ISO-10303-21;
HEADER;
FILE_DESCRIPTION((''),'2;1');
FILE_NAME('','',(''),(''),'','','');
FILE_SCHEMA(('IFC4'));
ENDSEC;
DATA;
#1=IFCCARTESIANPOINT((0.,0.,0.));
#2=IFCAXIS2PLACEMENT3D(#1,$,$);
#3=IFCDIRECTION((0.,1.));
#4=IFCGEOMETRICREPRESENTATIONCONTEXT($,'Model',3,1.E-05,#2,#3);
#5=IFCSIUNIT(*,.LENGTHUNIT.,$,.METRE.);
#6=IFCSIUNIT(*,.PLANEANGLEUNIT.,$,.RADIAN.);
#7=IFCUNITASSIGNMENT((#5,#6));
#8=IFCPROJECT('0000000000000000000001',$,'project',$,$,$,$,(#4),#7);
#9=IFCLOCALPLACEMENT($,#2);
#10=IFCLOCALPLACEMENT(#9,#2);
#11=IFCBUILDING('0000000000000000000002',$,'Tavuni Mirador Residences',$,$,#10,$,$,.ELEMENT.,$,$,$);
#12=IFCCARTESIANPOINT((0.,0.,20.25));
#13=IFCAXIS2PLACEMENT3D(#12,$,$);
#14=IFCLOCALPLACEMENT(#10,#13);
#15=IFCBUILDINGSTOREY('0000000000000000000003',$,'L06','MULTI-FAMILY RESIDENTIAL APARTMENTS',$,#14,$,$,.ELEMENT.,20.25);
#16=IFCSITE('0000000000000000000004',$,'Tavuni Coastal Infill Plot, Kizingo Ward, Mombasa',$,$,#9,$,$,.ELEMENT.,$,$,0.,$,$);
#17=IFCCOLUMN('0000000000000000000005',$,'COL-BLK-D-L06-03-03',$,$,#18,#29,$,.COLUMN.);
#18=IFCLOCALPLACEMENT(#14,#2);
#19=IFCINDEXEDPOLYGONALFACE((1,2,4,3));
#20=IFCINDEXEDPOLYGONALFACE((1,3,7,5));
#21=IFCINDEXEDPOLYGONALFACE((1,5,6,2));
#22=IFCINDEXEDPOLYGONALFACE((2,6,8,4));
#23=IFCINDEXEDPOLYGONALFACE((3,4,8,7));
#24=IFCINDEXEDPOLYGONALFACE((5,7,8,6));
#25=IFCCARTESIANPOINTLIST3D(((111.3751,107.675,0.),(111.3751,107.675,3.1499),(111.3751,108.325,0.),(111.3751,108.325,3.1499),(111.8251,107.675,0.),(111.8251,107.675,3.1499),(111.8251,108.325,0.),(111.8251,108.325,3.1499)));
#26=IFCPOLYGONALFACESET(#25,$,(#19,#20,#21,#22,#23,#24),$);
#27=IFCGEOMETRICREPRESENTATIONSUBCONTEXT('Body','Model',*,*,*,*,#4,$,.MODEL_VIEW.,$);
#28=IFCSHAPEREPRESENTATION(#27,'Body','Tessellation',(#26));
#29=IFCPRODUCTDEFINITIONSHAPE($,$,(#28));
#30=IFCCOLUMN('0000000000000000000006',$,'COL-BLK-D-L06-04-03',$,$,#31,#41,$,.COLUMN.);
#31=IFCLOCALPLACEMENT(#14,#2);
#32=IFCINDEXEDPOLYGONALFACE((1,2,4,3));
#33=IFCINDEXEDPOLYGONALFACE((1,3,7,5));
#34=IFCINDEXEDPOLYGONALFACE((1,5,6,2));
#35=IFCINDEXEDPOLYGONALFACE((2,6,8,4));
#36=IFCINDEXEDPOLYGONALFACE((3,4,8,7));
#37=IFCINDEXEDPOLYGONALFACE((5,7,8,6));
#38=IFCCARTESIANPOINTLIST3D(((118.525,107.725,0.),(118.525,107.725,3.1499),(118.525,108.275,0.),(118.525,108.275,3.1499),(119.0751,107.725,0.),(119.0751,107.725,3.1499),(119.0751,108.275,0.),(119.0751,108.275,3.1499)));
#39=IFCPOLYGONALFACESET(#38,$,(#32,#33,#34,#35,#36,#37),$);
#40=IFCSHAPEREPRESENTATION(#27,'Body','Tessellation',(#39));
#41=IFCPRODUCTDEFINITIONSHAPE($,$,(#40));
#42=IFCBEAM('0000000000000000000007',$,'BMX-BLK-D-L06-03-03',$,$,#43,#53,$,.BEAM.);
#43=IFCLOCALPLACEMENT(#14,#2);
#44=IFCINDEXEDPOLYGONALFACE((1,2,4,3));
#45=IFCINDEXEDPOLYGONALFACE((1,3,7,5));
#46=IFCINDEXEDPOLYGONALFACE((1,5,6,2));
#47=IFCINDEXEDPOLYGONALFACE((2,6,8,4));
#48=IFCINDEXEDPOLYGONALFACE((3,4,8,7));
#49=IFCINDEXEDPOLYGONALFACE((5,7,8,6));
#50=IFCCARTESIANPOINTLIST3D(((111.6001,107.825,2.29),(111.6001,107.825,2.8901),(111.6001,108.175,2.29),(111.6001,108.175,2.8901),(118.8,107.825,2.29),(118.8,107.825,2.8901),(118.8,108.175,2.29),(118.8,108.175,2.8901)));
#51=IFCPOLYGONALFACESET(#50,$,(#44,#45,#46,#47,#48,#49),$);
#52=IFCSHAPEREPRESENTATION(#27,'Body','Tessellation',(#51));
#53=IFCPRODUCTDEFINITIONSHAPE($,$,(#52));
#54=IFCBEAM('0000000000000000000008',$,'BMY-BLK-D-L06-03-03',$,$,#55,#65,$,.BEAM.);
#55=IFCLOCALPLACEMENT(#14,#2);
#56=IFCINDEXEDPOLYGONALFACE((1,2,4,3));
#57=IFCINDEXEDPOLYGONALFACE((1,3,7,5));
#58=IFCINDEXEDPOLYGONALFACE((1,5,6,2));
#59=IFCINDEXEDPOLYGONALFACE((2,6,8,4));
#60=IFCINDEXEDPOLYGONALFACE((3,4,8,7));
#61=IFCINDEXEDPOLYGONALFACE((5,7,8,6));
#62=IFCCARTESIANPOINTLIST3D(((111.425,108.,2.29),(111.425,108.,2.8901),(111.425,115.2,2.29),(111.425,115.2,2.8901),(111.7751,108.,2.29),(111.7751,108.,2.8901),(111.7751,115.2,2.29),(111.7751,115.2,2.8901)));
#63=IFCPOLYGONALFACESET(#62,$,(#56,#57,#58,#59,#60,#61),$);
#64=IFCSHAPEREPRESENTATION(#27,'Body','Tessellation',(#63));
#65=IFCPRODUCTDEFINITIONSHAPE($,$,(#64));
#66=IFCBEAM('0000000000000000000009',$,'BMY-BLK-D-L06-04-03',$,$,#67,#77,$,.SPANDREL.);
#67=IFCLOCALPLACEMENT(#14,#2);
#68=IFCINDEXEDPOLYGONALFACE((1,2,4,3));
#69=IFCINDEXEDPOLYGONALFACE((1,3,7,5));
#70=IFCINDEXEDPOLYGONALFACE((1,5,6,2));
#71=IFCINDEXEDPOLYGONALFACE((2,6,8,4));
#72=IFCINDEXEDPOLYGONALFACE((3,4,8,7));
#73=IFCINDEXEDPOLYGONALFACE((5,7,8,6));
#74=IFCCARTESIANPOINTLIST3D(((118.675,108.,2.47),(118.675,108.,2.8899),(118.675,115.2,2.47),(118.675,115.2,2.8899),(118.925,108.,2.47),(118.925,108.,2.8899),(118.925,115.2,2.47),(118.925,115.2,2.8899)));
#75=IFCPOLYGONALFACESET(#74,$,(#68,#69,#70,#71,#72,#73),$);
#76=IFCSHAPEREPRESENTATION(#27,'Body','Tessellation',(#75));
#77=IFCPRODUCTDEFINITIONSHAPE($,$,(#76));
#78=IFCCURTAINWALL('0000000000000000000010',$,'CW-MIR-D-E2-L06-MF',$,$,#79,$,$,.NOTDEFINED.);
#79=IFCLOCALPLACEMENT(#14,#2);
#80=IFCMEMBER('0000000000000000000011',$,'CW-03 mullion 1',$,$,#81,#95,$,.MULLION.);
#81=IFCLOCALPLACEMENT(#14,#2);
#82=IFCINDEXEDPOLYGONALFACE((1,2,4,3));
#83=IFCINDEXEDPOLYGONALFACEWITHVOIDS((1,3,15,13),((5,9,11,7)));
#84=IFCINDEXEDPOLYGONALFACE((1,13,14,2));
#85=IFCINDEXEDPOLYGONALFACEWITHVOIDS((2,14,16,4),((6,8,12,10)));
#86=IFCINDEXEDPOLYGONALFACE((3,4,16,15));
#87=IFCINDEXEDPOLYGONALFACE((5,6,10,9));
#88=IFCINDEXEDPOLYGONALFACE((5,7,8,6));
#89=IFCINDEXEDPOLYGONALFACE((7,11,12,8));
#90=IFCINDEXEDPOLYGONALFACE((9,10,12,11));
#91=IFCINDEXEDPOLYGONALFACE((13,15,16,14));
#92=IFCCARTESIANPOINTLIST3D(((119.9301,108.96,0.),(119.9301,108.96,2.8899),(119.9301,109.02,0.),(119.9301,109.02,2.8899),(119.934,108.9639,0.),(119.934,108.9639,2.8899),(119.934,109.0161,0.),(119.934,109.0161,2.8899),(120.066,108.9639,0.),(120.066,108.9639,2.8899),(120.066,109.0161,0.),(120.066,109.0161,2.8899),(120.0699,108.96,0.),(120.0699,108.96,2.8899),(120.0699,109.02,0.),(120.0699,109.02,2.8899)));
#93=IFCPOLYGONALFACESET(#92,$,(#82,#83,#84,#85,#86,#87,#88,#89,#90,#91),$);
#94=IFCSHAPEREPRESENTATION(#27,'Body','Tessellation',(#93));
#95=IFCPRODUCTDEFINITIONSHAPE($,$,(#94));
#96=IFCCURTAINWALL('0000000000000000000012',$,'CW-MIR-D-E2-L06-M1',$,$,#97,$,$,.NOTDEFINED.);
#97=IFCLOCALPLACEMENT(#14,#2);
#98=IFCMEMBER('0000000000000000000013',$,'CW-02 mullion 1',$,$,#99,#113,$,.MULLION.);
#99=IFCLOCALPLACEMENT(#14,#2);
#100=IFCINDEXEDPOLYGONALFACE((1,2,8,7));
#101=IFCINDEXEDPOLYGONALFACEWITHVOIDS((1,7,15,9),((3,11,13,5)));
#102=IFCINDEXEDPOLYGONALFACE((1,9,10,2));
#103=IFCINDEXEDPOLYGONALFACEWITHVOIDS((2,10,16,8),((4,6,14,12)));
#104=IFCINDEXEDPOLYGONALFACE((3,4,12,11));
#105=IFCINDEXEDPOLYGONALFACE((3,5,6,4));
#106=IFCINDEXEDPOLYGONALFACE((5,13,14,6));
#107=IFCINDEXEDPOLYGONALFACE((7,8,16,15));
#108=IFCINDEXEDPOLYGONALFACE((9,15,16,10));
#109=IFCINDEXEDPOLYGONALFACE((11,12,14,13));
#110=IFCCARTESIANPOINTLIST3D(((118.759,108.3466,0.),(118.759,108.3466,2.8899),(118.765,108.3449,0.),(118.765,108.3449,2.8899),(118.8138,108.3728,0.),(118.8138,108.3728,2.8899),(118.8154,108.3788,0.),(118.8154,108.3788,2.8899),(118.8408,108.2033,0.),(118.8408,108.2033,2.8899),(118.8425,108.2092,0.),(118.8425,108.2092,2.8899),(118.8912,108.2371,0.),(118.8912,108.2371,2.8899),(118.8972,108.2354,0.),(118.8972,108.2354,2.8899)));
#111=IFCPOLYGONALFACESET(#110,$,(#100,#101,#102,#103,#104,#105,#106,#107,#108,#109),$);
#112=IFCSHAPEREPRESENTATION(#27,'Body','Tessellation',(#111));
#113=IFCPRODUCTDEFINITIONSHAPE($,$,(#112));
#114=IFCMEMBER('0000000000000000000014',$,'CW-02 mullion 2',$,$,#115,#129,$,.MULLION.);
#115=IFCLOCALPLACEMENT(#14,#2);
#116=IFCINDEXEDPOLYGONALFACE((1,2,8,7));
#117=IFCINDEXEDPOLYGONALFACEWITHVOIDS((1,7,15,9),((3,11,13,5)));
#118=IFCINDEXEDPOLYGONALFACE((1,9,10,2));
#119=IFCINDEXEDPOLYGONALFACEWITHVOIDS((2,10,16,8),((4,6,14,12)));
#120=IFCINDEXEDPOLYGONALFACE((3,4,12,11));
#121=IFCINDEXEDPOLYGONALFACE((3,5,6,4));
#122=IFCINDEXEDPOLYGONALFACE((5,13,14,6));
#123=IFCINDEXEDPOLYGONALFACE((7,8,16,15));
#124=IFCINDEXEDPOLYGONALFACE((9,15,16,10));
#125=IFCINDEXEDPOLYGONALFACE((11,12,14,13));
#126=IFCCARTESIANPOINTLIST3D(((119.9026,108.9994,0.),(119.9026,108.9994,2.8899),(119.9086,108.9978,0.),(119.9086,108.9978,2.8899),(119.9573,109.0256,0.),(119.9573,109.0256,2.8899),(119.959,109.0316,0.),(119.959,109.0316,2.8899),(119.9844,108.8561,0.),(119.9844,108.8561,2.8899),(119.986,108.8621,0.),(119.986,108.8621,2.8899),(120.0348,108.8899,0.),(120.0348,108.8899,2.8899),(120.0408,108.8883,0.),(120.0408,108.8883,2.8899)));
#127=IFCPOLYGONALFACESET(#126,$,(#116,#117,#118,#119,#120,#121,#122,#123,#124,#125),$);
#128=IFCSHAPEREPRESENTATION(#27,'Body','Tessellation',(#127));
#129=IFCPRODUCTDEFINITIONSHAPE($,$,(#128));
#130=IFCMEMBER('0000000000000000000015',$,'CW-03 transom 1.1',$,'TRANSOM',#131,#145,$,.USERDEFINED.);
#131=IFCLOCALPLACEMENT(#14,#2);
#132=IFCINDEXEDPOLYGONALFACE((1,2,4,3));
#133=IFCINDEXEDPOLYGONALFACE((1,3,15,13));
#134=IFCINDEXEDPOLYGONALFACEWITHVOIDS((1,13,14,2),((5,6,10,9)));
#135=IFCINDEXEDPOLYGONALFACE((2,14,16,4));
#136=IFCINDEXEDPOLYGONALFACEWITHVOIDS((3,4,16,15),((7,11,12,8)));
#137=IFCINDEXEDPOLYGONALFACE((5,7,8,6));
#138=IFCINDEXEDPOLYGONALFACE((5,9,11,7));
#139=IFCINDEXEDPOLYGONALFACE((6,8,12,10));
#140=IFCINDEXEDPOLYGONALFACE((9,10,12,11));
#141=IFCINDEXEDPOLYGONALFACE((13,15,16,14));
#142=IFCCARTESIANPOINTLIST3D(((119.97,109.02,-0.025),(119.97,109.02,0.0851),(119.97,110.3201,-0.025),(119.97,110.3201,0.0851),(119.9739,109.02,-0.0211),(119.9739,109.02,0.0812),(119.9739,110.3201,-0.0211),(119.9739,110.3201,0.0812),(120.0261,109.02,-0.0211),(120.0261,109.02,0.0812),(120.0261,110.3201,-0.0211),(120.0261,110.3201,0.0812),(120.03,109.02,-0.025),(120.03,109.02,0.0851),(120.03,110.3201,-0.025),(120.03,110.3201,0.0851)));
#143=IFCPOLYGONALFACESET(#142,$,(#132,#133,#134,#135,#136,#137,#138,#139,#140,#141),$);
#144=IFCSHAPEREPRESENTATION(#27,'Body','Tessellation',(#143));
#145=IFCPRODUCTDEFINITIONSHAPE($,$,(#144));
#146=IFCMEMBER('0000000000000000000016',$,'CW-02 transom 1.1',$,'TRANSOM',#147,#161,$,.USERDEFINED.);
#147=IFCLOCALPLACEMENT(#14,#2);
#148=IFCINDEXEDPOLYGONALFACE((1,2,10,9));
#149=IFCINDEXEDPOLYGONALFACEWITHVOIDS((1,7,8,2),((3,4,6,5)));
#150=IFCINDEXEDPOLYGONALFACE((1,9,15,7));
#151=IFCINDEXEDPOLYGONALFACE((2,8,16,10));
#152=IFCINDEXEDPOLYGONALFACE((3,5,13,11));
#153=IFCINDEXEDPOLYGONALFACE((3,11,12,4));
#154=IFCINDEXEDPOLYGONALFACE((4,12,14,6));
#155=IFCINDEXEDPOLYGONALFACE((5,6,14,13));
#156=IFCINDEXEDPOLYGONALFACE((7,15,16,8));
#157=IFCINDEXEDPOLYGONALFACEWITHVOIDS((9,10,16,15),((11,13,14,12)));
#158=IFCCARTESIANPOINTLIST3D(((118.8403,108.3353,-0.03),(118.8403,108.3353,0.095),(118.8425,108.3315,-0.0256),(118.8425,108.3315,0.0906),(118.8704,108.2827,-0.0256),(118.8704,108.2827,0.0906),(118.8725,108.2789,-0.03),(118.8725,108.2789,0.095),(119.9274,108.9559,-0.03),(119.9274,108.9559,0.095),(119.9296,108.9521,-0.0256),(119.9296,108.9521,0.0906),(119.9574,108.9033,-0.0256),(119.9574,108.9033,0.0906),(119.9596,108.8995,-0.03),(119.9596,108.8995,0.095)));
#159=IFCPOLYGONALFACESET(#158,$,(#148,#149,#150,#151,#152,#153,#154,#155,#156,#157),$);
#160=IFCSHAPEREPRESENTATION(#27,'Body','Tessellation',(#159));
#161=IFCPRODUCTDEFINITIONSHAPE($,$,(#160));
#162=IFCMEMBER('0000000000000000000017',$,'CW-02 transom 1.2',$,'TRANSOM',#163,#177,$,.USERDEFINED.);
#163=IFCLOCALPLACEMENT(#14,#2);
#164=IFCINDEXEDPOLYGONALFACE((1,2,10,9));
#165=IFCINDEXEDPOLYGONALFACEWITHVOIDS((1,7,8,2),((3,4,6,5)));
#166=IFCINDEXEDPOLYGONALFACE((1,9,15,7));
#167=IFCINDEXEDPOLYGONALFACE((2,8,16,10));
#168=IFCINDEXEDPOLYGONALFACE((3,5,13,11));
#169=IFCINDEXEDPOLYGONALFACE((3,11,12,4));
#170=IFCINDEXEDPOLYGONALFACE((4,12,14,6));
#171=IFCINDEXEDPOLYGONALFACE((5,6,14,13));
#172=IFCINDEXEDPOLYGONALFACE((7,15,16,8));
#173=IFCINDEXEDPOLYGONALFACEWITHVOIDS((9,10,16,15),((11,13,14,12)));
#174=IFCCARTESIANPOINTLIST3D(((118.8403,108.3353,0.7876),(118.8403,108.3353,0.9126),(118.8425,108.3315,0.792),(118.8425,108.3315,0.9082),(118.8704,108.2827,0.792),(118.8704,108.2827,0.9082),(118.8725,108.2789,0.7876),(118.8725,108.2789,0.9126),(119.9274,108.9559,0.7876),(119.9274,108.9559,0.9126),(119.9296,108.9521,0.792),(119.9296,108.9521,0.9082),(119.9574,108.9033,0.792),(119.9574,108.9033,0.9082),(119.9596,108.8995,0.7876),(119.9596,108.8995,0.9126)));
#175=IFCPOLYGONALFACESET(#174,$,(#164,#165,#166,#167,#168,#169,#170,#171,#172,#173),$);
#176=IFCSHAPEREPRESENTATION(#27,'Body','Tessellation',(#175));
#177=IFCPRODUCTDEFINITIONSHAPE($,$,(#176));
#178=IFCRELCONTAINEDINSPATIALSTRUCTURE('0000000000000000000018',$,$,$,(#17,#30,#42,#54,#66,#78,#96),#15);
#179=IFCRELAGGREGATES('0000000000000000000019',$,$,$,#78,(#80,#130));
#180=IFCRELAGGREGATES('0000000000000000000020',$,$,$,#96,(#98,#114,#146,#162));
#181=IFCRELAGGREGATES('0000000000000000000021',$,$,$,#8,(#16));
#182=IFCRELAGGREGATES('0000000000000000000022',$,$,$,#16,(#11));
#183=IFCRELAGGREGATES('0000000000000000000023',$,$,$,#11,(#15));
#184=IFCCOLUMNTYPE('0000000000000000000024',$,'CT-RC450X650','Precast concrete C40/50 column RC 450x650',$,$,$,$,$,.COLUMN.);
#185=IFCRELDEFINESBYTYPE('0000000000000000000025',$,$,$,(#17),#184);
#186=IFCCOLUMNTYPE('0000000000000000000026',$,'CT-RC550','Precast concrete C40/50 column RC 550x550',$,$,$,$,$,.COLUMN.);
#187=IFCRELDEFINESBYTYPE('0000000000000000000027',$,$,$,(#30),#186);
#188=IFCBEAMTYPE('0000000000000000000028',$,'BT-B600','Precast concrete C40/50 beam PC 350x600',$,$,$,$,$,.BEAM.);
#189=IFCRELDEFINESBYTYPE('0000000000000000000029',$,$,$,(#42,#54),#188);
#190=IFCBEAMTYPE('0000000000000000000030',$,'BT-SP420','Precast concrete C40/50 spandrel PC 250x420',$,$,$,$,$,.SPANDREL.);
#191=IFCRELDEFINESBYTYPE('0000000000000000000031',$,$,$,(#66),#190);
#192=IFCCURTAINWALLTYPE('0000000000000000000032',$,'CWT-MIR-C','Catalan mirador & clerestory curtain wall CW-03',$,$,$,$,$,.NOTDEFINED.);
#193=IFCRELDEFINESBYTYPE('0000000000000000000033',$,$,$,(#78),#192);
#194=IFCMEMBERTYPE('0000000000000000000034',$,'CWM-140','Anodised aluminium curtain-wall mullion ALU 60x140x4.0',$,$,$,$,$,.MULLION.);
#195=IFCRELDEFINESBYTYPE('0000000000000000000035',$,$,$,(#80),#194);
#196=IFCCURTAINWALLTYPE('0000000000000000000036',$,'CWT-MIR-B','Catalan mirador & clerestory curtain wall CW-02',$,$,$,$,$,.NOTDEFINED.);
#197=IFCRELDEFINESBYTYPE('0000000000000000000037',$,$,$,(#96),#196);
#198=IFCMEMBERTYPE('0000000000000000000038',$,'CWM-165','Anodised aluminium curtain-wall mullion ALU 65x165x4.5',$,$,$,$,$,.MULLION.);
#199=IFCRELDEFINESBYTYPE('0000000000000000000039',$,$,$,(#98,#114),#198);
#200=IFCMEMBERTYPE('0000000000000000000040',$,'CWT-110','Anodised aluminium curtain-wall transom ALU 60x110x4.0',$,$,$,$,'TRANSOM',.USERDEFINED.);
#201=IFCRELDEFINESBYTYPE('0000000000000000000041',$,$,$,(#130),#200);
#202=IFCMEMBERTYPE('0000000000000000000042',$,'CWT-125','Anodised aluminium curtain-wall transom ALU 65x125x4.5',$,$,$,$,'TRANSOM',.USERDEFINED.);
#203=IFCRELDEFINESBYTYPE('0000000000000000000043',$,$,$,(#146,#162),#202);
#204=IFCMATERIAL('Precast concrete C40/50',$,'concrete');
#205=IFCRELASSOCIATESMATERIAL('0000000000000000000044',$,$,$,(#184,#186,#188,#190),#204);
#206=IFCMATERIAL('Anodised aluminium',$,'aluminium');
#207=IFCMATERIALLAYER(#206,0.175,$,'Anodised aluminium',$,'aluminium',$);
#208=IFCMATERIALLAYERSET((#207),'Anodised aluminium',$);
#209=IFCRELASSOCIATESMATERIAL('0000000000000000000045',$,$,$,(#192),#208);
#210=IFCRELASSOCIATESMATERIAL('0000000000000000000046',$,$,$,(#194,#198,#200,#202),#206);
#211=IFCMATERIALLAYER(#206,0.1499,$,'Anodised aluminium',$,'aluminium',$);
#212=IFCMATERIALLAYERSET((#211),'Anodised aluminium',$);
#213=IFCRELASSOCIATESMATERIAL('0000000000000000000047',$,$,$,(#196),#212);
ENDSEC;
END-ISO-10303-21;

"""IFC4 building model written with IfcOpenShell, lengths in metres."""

from ifc_helpers import new_model, si_unit, direction, frame, origin, origin_2d, place, context, subcontext, project, spatial, rectangle, hollow_rectangle, extrude, material, layer, layer_set, material_profile, profile_set, type_object, element, aggregate, save


model = new_model("IFC4")

# Units and contexts
model_context = context("Model", 3, precision=1e-05, world=origin(), true_north=direction((0.0, 1.0)))
body_context = subcontext(model_context, "Body", "Model", "MODEL_VIEW")
ifc_project = project(units=[si_unit("LENGTHUNIT", "METRE"), si_unit("PLANEANGLEUNIT", "RADIAN")], contexts=[model_context])

# Site, building, storey
site_placement = place(None, origin())
site = spatial("IfcSite", under=ifc_project, at=site_placement, Name="Tavuni Coastal Infill Plot, Kizingo Ward, Mombasa", CompositionType="ELEMENT", RefElevation=0.0)
building_placement = place(site_placement, origin())
building = spatial("IfcBuilding", under=site, at=building_placement, Name="Tavuni Mirador Residences", CompositionType="ELEMENT")
storey_placement = place(building_placement, frame((0.0, 0.0, 20.25)))
storey = spatial("IfcBuildingStorey", under=building, at=storey_placement, Name="L06", Description="MULTI-FAMILY RESIDENTIAL APARTMENTS", CompositionType="ELEMENT", Elevation=20.25)

# Columns
ifc_material_1 = material(Name="Precast concrete C40/50", Category="concrete")
ifc_material_profile_1 = material_profile(ifc_material_1, rectangle(XDim=0.45, YDim=0.6499, at=origin_2d()), Name="RC 450x650", Category="concrete")
ifc_profile_set_1 = profile_set([ifc_material_profile_1], Name="Precast concrete C40/50")
column_type_1 = type_object("IfcColumnType", Name="CT-RC450X650", Description="Precast concrete C40/50 column RC 450x650", PredefinedType="COLUMN", material=ifc_profile_set_1)
column_1_placement = place(storey_placement, frame((111.6001, 108.0, 0.0), z_axis=(0.0, 0.0, 1.0), x_axis=(1.0, 0.0, 0.0)))
element("IfcColumn", 1, at=column_1_placement, inside=storey, type_object=column_type_1, Name="COL-BLK-D-L06-03-03", PredefinedType="COLUMN", context=body_context, shape_type="SweptSolid", body=[
    extrude(rectangle(XDim=0.45, YDim=0.6499, at=origin_2d()), origin(), (0.0, 0.0, 1.0), 3.1499),
])
ifc_material_profile_2 = material_profile(ifc_material_1, rectangle(XDim=0.55, YDim=0.55, at=origin_2d()), Name="RC 550x550", Category="concrete")
ifc_profile_set_2 = profile_set([ifc_material_profile_2], Name="Precast concrete C40/50")
column_type_2 = type_object("IfcColumnType", Name="CT-RC550", Description="Precast concrete C40/50 column RC 550x550", PredefinedType="COLUMN", material=ifc_profile_set_2)
column_2_placement = place(storey_placement, frame((118.8, 108.0, 0.0), z_axis=(0.0, 0.0, 1.0), x_axis=(1.0, 0.0, 0.0)))
element("IfcColumn", 2, at=column_2_placement, inside=storey, type_object=column_type_2, Name="COL-BLK-D-L06-04-03", PredefinedType="COLUMN", context=body_context, shape_type="SweptSolid", body=[
    extrude(rectangle(XDim=0.55, YDim=0.55, at=origin_2d()), origin(), (0.0, 0.0, 1.0), 3.1499),
])

# Beams
ifc_material_profile_3 = material_profile(ifc_material_1, rectangle(XDim=0.3501, YDim=0.6001, at=origin_2d()), Name="PC 350x600", Category="concrete")
ifc_profile_set_3 = profile_set([ifc_material_profile_3], Name="Precast concrete C40/50")
beam_type_1 = type_object("IfcBeamType", Name="BT-B600", Description="Precast concrete C40/50 beam PC 350x600", PredefinedType="BEAM", material=ifc_profile_set_3)
for number, where, z_axis, x_axis, name in (
    (3, (111.6001, 108.0, 2.5901), (1.0, 0.0, 0.0), (0.0, 1.0, 0.0), "BMX-BLK-D-L06-03-03"),
    (4, (111.6001, 108.0, 2.5901), (0.0, 1.0, 0.0), (-1.0, 0.0, 0.0), "BMY-BLK-D-L06-03-03"),
):
    element("IfcBeam", number, at=place(storey_placement, frame(where, z_axis=z_axis, x_axis=x_axis)), inside=storey, type_object=beam_type_1, Name=name, PredefinedType="BEAM", context=body_context, shape_type="SweptSolid", body=[
        extrude(rectangle(XDim=0.3501, YDim=0.6001, at=origin_2d()), origin(), (0.0, 0.0, 1.0), 7.2),
    ])
ifc_material_profile_4 = material_profile(ifc_material_1, rectangle(XDim=0.25, YDim=0.4199, at=origin_2d()), Name="PC 250x420", Category="concrete")
ifc_profile_set_4 = profile_set([ifc_material_profile_4], Name="Precast concrete C40/50")
beam_type_2 = type_object("IfcBeamType", Name="BT-SP420", Description="Precast concrete C40/50 spandrel PC 250x420", PredefinedType="SPANDREL", material=ifc_profile_set_4)
beam_placement = place(storey_placement, frame((118.8, 108.0, 2.6799), z_axis=(0.0, 1.0, 0.0), x_axis=(-1.0, 0.0, 0.0)))
element("IfcBeam", 5, at=beam_placement, inside=storey, type_object=beam_type_2, Name="BMY-BLK-D-L06-04-03", PredefinedType="SPANDREL", context=body_context, shape_type="SweptSolid", body=[
    extrude(rectangle(XDim=0.25, YDim=0.4199, at=origin_2d()), origin(), (0.0, 0.0, 1.0), 7.2),
])

# Curtain wall, member
ifc_material_2 = material(Name="Anodised aluminium", Category="aluminium")
ifc_layer_1 = layer(ifc_material_2, 0.175, Name="Anodised aluminium", Category="aluminium")
ifc_layer_set_1 = layer_set([ifc_layer_1], Name="Anodised aluminium")
curtain_wall_type_1 = type_object("IfcCurtainWallType", Name="CWT-MIR-C", Description="Catalan mirador & clerestory curtain wall CW-03", PredefinedType="NOTDEFINED", material=ifc_layer_set_1)
curtain_wall_1_placement = place(storey_placement, origin())
curtain_wall_1 = element("IfcCurtainWall", 6, at=curtain_wall_1_placement, inside=storey, type_object=curtain_wall_type_1, Name="CW-MIR-D-E2-L06-MF", PredefinedType="NOTDEFINED")
ifc_material_profile_5 = material_profile(ifc_material_2, hollow_rectangle(XDim=0.0601, YDim=0.1399, WallThickness=0.0039, at=origin_2d()), Name="ALU 60x140x4.0", Category="aluminium")
ifc_profile_set_5 = profile_set([ifc_material_profile_5], Name="Anodised aluminium")
member_type_1 = type_object("IfcMemberType", Name="CWM-140", Description="Anodised aluminium curtain-wall mullion ALU 60x140x4.0", PredefinedType="MULLION", material=ifc_profile_set_5)
member_1_placement = place(storey_placement, frame((120.0, 108.99, 0.0), z_axis=(0.0, 0.0, 1.0), x_axis=(0.0, 1.0, 0.0)))
member_1 = element("IfcMember", 7, at=member_1_placement, type_object=member_type_1, Name="CW-03 mullion 1", PredefinedType="MULLION", context=body_context, shape_type="SweptSolid", body=[
    extrude(hollow_rectangle(XDim=0.0601, YDim=0.1399, WallThickness=0.0039, at=origin_2d()), origin(), (0.0, 0.0, 1.0), 2.8899),
])

# Curtain wall, members
ifc_layer_2 = layer(ifc_material_2, 0.1499, Name="Anodised aluminium", Category="aluminium")
ifc_layer_set_2 = layer_set([ifc_layer_2], Name="Anodised aluminium")
curtain_wall_type_2 = type_object("IfcCurtainWallType", Name="CWT-MIR-B", Description="Catalan mirador & clerestory curtain wall CW-02", PredefinedType="NOTDEFINED", material=ifc_layer_set_2)
curtain_wall_2_placement = place(storey_placement, origin())
curtain_wall_2 = element("IfcCurtainWall", 8, at=curtain_wall_2_placement, inside=storey, type_object=curtain_wall_type_2, Name="CW-MIR-D-E2-L06-M1", PredefinedType="NOTDEFINED")
ifc_material_profile_6 = material_profile(ifc_material_2, hollow_rectangle(XDim=0.0649, YDim=0.165, WallThickness=0.0044, at=origin_2d()), Name="ALU 65x165x4.5", Category="aluminium")
ifc_profile_set_6 = profile_set([ifc_material_profile_6], Name="Anodised aluminium")
member_type_2 = type_object("IfcMemberType", Name="CWM-165", Description="Anodised aluminium curtain-wall mullion ALU 65x165x4.5", PredefinedType="MULLION", material=ifc_profile_set_6)
member_2_placement = place(storey_placement, frame((118.8281, 108.291, 0.0), z_axis=(0.0, 0.0, 1.0), x_axis=(0.868466, 0.495749, 0.0)))
member_2 = element("IfcMember", 9, at=member_2_placement, type_object=member_type_2, Name="CW-02 mullion 1", PredefinedType="MULLION", context=body_context, shape_type="SweptSolid", body=[
    extrude(hollow_rectangle(XDim=0.0649, YDim=0.165, WallThickness=0.0044, at=origin_2d()), origin(), (0.0, 0.0, 1.0), 2.8899),
])
member_3_placement = place(storey_placement, frame((119.9717, 108.9438, 0.0), z_axis=(0.0, 0.0, 1.0), x_axis=(0.868466, 0.495749, 0.0)))
member_3 = element("IfcMember", 10, at=member_3_placement, type_object=member_type_2, Name="CW-02 mullion 2", PredefinedType="MULLION", context=body_context, shape_type="SweptSolid", body=[
    extrude(hollow_rectangle(XDim=0.0649, YDim=0.165, WallThickness=0.0044, at=origin_2d()), origin(), (0.0, 0.0, 1.0), 2.8899),
])

# Members
ifc_material_profile_7 = material_profile(ifc_material_2, hollow_rectangle(XDim=0.0601, YDim=0.1101, WallThickness=0.0039, at=origin_2d()), Name="ALU 60x110x4.0", Category="aluminium")
ifc_profile_set_7 = profile_set([ifc_material_profile_7], Name="Anodised aluminium")
member_type_3 = type_object("IfcMemberType", Name="CWT-110", Description="Anodised aluminium curtain-wall transom ALU 60x110x4.0", ElementType="TRANSOM", PredefinedType="USERDEFINED", material=ifc_profile_set_7)
member_4_placement = place(storey_placement, frame((120.0, 109.02, 0.03), z_axis=(0.0, 1.0, 0.0), x_axis=(-1.0, 0.0, 0.0)))
member_4 = element("IfcMember", 11, at=member_4_placement, type_object=member_type_3, Name="CW-03 transom 1.1", ObjectType="TRANSOM", PredefinedType="USERDEFINED", context=body_context, shape_type="SweptSolid", body=[
    extrude(hollow_rectangle(XDim=0.0601, YDim=0.1101, WallThickness=0.0039, at=origin_2d()), origin(), (0.0, 0.0, 1.0), 1.3),
])
aggregate(curtain_wall_1, [member_1, member_4])
ifc_material_profile_8 = material_profile(ifc_material_2, hollow_rectangle(XDim=0.0649, YDim=0.125, WallThickness=0.0044, at=origin_2d()), Name="ALU 65x125x4.5", Category="aluminium")
ifc_profile_set_8 = profile_set([ifc_material_profile_8], Name="Anodised aluminium")
member_type_4 = type_object("IfcMemberType", Name="CWT-125", Description="Anodised aluminium curtain-wall transom ALU 65x125x4.5", ElementType="TRANSOM", PredefinedType="USERDEFINED", material=ifc_profile_set_8)
member_5_placement = place(storey_placement, frame((118.8564, 108.3071, 0.0325), z_axis=(0.868459, 0.495761, 0.0), x_axis=(-0.495761, 0.868459, 0.0)))
member_5 = element("IfcMember", 12, at=member_5_placement, type_object=member_type_4, Name="CW-02 transom 1.1", ObjectType="TRANSOM", PredefinedType="USERDEFINED", context=body_context, shape_type="SweptSolid", body=[
    extrude(hollow_rectangle(XDim=0.0649, YDim=0.125, WallThickness=0.0044, at=origin_2d()), origin(), (0.0, 0.0, 1.0), 1.2517),
])
member_6_placement = place(storey_placement, frame((118.8564, 108.3071, 0.8501), z_axis=(0.868459, 0.495761, 0.0), x_axis=(-0.495761, 0.868459, 0.0)))
member_6 = element("IfcMember", 13, at=member_6_placement, type_object=member_type_4, Name="CW-02 transom 1.2", ObjectType="TRANSOM", PredefinedType="USERDEFINED", context=body_context, shape_type="SweptSolid", body=[
    extrude(hollow_rectangle(XDim=0.0649, YDim=0.125, WallThickness=0.0044, at=origin_2d()), origin(), (0.0, 0.0, 1.0), 1.2517),
])

aggregate(curtain_wall_2, [member_2, member_3, member_5, member_6])

save(model, "model.ifc")
